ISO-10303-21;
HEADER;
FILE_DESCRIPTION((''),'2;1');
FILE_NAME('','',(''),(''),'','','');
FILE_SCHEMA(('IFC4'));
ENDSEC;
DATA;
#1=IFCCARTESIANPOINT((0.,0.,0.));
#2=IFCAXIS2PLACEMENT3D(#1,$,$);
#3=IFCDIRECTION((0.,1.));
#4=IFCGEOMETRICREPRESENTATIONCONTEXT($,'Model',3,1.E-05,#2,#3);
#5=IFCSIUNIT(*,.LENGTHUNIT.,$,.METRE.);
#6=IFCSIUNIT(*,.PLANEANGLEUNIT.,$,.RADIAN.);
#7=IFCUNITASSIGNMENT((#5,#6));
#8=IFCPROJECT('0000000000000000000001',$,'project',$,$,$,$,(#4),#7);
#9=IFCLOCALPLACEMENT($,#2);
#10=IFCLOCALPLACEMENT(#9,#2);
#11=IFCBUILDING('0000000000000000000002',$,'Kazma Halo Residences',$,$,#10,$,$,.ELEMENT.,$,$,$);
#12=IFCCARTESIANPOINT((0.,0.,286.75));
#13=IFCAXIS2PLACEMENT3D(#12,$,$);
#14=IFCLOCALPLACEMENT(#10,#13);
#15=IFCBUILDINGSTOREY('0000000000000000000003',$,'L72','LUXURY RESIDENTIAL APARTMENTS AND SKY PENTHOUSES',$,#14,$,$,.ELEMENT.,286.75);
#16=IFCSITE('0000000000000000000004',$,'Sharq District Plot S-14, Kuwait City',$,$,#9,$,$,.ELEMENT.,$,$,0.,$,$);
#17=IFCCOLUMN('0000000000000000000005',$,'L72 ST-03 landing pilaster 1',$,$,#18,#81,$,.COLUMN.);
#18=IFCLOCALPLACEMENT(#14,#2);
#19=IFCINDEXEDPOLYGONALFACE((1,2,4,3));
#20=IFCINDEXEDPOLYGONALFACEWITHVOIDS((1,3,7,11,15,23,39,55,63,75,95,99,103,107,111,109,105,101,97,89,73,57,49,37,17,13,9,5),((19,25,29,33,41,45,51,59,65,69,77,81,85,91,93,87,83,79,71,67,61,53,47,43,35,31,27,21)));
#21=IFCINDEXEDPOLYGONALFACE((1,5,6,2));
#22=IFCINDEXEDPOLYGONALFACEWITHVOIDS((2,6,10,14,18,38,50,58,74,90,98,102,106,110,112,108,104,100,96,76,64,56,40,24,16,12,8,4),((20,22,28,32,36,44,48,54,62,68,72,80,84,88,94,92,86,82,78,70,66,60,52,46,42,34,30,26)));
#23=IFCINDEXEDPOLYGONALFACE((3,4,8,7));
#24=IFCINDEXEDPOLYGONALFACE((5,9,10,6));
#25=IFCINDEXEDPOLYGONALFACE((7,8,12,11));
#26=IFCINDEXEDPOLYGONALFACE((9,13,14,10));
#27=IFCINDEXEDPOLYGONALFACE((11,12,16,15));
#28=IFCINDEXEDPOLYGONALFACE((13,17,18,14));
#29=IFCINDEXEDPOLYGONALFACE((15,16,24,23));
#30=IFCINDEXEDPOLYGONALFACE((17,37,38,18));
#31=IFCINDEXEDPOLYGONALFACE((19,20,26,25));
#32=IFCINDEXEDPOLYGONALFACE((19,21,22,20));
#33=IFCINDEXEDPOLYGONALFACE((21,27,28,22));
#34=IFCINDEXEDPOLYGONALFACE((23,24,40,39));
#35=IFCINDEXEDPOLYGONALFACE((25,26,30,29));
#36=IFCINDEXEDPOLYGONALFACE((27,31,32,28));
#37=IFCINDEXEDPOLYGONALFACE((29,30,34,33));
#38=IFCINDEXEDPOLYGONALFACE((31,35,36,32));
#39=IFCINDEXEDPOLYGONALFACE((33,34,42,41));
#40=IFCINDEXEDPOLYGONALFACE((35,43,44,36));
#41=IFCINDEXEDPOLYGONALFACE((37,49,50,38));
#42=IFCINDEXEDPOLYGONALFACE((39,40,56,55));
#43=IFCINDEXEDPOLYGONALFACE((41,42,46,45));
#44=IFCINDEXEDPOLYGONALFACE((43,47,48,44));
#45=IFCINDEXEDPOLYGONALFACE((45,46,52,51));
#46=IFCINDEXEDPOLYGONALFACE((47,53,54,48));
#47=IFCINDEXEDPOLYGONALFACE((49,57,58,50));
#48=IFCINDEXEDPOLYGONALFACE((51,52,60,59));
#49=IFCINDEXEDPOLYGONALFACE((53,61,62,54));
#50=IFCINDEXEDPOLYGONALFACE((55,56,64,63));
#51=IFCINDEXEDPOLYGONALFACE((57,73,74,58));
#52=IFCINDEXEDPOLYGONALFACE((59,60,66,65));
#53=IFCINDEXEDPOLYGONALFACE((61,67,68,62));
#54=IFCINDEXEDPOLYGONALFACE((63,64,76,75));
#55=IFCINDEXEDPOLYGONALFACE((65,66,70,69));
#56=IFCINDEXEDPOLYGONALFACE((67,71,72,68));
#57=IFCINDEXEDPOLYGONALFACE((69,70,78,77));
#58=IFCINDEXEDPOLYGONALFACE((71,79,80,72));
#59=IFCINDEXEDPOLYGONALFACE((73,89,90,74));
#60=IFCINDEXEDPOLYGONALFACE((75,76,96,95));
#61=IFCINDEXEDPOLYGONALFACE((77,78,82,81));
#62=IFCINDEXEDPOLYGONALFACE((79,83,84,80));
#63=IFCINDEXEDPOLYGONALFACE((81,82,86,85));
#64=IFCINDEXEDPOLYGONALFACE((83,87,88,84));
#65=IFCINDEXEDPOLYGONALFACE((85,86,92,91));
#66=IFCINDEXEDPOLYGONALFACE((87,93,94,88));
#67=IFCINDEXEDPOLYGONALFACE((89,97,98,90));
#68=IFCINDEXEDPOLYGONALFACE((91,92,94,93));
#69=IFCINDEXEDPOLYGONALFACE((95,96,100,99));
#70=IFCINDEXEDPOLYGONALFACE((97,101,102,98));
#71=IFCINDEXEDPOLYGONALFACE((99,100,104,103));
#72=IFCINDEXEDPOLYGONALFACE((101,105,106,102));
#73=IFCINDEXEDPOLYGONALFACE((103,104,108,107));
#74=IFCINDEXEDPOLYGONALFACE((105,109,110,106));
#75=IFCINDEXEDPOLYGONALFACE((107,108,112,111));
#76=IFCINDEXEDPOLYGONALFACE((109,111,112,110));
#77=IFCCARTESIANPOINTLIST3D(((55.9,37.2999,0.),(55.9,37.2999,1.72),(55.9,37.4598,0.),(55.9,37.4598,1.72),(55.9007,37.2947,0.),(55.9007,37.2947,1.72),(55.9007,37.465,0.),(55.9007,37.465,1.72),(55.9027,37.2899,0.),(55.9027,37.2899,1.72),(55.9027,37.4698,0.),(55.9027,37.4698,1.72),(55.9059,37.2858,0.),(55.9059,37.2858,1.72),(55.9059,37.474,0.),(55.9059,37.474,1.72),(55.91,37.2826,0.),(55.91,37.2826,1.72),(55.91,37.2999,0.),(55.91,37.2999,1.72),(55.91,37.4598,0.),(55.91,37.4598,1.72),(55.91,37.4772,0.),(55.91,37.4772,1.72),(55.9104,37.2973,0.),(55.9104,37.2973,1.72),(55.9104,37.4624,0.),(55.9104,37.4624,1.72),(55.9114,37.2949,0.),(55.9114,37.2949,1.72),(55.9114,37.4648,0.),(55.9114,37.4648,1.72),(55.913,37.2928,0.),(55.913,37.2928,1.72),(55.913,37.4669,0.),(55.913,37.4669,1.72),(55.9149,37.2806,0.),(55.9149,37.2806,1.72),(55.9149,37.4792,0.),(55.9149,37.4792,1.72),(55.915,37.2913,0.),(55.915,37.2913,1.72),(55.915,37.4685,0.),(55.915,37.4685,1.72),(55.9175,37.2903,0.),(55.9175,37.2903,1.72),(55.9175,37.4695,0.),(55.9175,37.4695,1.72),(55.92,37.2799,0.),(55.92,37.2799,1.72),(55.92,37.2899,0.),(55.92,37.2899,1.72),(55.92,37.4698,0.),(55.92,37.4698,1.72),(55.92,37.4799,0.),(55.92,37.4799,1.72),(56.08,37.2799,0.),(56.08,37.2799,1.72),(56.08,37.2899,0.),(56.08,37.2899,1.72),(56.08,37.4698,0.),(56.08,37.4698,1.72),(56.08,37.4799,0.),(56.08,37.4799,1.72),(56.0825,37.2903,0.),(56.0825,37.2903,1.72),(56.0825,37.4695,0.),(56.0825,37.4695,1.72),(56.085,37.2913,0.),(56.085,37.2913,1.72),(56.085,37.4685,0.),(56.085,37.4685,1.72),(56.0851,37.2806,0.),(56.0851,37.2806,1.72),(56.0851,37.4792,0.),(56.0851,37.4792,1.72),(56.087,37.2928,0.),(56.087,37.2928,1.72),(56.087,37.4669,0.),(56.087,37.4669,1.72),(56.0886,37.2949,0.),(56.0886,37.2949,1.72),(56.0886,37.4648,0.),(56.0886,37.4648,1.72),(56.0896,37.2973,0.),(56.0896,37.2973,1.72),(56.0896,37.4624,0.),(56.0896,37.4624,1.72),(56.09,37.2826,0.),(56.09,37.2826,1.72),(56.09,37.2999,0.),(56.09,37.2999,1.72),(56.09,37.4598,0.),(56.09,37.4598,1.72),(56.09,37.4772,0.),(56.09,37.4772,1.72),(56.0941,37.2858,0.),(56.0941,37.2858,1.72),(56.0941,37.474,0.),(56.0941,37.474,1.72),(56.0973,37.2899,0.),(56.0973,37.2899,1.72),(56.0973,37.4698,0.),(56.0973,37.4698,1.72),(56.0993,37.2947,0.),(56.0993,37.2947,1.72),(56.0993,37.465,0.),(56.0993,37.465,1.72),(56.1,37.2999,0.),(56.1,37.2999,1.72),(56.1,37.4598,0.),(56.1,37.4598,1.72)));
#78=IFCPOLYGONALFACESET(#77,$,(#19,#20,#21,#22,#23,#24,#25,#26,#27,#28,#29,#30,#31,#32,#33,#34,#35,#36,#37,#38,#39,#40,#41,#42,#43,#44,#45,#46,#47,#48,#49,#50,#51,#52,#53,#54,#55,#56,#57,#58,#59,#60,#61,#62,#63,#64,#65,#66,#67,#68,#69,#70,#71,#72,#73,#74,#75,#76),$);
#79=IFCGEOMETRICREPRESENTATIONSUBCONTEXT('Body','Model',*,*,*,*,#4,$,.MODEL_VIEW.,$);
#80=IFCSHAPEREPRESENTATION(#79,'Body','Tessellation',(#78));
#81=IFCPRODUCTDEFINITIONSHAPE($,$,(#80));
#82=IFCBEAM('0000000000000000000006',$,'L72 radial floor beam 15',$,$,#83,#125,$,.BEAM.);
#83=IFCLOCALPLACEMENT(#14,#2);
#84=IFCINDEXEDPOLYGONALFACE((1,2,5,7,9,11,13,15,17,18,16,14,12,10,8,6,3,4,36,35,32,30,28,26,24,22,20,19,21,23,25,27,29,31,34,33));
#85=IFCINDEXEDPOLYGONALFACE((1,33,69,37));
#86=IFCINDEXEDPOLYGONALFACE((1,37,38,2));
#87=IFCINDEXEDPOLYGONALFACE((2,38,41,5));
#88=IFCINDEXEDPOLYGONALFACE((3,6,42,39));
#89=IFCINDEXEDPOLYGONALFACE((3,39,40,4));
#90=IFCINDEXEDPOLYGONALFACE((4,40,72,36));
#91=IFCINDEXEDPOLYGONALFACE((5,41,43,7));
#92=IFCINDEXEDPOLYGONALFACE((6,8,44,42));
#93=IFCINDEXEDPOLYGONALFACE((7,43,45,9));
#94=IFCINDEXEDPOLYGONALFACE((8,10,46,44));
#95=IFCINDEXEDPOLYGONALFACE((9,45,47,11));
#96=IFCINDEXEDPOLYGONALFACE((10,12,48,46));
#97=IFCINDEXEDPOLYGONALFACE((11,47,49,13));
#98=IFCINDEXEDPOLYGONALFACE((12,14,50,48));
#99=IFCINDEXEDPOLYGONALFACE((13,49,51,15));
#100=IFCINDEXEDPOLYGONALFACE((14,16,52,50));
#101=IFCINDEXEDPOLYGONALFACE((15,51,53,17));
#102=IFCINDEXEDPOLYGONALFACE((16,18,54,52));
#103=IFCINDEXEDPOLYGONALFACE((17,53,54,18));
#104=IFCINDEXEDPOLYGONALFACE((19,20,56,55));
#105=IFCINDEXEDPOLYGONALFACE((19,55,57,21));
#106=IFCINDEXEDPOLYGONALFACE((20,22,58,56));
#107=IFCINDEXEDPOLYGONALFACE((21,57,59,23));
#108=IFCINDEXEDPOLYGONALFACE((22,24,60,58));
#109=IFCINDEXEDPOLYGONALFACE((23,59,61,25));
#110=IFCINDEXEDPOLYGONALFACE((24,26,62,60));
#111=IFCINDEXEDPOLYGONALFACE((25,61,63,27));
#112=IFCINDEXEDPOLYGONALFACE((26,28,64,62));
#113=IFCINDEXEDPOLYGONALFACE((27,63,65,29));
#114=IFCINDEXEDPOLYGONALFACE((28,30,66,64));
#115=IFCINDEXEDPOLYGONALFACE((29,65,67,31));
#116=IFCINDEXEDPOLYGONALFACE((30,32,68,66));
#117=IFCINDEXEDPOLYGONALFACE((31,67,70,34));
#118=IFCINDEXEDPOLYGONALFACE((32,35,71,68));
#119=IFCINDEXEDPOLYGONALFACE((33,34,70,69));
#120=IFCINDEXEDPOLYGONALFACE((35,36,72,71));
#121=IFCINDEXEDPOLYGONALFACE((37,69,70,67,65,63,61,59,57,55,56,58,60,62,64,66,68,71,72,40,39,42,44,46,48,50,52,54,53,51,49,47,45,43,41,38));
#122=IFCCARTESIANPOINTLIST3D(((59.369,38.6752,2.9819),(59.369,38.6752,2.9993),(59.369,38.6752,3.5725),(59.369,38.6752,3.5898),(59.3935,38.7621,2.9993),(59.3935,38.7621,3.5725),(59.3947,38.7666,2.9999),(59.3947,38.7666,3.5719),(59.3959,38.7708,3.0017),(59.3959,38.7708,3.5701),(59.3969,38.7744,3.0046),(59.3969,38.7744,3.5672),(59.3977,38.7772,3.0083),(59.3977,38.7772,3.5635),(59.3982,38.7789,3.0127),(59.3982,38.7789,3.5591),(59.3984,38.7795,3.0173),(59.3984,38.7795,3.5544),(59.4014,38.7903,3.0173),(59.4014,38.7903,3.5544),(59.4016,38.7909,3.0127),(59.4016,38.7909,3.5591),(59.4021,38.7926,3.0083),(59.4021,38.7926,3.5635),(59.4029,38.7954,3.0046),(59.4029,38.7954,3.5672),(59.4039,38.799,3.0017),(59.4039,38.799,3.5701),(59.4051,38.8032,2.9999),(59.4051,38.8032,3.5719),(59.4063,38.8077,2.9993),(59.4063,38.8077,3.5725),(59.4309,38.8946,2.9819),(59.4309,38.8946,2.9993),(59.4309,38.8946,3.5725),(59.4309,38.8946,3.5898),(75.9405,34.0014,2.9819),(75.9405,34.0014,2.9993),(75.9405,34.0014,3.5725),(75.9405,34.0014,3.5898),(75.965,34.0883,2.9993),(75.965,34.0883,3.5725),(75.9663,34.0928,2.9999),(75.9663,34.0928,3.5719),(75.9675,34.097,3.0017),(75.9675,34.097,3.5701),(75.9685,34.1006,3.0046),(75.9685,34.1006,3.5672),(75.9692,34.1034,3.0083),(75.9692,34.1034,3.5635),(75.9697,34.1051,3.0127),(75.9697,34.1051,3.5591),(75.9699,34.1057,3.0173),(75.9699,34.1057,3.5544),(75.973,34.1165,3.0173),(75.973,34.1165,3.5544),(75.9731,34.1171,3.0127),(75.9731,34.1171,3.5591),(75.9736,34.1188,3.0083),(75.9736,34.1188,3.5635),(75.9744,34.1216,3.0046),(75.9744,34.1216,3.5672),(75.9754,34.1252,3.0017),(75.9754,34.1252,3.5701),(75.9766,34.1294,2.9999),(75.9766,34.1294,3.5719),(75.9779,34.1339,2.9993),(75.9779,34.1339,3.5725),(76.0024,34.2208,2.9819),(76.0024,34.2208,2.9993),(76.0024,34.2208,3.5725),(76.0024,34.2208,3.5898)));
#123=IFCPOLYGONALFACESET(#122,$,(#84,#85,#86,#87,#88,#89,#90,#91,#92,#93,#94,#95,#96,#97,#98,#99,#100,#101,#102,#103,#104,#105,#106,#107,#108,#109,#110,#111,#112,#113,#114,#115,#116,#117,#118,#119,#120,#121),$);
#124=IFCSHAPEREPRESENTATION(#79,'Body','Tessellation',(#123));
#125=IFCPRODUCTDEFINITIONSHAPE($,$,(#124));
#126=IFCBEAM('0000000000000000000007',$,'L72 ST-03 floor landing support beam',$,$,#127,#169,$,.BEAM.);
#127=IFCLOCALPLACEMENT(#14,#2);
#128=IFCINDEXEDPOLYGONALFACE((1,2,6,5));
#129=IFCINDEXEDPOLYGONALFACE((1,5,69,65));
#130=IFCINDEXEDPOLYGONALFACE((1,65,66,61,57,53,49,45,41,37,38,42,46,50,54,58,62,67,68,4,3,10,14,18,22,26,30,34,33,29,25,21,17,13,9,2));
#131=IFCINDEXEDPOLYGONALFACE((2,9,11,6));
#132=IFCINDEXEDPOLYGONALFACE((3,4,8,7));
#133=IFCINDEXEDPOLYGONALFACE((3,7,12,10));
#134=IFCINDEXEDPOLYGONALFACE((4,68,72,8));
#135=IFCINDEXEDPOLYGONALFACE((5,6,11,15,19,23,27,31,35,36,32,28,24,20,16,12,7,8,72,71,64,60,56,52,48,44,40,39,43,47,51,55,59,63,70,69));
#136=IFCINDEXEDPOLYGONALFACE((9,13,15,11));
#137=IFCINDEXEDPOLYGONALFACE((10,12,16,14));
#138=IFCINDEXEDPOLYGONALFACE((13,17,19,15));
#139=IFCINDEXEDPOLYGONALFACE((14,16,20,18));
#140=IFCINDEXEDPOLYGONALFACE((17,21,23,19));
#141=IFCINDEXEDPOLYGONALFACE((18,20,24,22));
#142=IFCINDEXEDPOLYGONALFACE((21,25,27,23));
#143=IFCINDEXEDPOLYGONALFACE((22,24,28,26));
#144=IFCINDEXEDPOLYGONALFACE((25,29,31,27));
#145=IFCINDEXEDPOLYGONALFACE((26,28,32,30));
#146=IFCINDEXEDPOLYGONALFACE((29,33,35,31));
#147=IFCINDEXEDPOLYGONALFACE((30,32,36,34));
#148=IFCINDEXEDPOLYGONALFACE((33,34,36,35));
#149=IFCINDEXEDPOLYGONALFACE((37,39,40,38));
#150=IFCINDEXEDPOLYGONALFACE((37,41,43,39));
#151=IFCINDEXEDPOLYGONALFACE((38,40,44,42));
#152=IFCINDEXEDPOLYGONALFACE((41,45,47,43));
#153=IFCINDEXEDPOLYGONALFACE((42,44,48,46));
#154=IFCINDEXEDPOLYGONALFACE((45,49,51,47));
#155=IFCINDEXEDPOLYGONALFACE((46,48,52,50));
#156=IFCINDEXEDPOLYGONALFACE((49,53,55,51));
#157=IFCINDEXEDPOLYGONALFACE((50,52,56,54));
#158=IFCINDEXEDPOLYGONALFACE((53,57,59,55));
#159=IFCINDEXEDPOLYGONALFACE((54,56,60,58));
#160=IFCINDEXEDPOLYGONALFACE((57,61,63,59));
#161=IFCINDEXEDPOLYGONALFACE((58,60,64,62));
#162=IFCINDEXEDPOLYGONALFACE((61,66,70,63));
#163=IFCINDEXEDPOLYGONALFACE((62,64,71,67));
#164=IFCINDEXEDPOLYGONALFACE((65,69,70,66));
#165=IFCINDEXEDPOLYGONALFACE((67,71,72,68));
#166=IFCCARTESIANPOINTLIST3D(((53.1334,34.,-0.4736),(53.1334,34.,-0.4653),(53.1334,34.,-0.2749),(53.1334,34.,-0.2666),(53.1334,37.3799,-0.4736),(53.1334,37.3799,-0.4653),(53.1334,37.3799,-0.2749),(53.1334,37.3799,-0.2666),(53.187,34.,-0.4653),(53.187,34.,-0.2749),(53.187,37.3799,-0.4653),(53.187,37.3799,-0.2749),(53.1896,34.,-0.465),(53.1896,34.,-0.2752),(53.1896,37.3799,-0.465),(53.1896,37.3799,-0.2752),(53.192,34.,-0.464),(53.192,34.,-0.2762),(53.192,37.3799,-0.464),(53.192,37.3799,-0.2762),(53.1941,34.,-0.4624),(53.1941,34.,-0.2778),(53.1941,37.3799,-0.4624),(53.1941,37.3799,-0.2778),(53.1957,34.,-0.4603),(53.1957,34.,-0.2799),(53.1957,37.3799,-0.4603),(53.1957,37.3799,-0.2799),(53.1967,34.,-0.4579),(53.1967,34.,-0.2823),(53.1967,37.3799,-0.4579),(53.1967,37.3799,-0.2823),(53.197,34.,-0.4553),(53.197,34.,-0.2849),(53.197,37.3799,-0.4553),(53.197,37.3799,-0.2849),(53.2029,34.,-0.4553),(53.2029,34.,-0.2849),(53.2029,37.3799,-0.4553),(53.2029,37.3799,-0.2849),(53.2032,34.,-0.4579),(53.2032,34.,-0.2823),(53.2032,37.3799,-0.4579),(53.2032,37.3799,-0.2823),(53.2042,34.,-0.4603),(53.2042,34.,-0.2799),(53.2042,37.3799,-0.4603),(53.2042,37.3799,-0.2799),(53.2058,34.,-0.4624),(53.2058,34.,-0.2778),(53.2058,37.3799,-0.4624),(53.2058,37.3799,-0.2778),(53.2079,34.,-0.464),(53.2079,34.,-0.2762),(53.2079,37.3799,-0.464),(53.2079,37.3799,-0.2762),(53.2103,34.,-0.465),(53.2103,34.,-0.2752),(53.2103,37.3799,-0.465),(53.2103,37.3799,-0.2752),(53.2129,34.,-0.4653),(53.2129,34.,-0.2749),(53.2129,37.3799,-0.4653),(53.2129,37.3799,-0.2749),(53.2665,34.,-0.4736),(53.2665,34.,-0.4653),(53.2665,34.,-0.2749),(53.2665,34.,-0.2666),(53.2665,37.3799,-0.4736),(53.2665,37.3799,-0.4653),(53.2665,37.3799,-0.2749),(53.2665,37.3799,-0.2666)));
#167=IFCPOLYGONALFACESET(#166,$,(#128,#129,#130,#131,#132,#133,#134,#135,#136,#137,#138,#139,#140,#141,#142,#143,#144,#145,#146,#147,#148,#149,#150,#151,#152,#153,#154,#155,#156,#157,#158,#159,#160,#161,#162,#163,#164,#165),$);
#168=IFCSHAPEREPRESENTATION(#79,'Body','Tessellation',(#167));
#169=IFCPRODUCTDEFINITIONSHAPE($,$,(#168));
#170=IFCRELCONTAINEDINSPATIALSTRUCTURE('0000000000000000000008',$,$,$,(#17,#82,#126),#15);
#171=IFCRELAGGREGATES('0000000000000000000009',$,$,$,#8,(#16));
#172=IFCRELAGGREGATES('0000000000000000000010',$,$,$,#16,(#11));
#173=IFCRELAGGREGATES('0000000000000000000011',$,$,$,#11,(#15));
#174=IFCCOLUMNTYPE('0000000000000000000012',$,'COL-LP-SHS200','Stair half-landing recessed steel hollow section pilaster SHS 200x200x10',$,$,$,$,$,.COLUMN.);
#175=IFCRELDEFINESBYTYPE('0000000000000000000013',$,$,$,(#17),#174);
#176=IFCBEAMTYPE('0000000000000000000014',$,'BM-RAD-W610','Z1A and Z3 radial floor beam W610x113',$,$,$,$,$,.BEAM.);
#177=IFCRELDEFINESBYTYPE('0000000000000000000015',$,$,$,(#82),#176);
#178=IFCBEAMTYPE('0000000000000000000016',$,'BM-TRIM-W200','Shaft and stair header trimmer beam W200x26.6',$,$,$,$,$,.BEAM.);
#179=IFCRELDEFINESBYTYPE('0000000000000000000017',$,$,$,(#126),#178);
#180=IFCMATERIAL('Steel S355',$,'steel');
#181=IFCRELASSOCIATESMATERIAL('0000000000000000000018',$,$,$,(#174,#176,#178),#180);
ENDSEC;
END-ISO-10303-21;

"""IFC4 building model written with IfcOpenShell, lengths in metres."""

from ifc_helpers import new_model, si_unit, direction, frame, origin, origin_2d, place, context, subcontext, project, spatial, hollow_rectangle, i_section, extrude, material, material_profile, profile_set, type_object, element, save


model = new_model("IFC4")

# Units and contexts
model_context = context("Model", 3, precision=1e-05, world=origin(), true_north=direction((0.0, 1.0)))
body_context = subcontext(model_context, "Body", "Model", "MODEL_VIEW")
ifc_project = project(units=[si_unit("LENGTHUNIT", "METRE"), si_unit("PLANEANGLEUNIT", "RADIAN")], contexts=[model_context])

# Site, building, storey
site_placement = place(None, origin())
site = spatial("IfcSite", under=ifc_project, at=site_placement, Name="Sharq District Plot S-14, Kuwait City", CompositionType="ELEMENT", RefElevation=0.0)
building_placement = place(site_placement, origin())
building = spatial("IfcBuilding", under=site, at=building_placement, Name="Kazma Halo Residences", CompositionType="ELEMENT")
storey_placement = place(building_placement, frame((0.0, 0.0, 286.75)))
storey = spatial("IfcBuildingStorey", under=building, at=storey_placement, Name="L72", Description="LUXURY RESIDENTIAL APARTMENTS AND SKY PENTHOUSES", CompositionType="ELEMENT", Elevation=286.75)

# Column
ifc_material_1 = material(Name="Steel S355", Category="steel")
ifc_material_profile_1 = material_profile(ifc_material_1, hollow_rectangle(XDim=0.2, YDim=0.2, WallThickness=0.01, InnerFilletRadius=0.01, OuterFilletRadius=0.02, at=origin_2d()), Name="SHS200x200x10")
ifc_profile_set_1 = profile_set([ifc_material_profile_1], Name="Steel S355")
column_type = type_object("IfcColumnType", Name="COL-LP-SHS200", Description="Stair half-landing recessed steel hollow section pilaster SHS 200x200x10", PredefinedType="COLUMN", material=ifc_profile_set_1)
column_placement = place(storey_placement, frame((56.0, 37.3799, 0.0), z_axis=(0.0, 0.0, 1.0), x_axis=(1.0, 0.0, 0.0)))
element("IfcColumn", 1, at=column_placement, inside=storey, type_object=column_type, Name="L72 ST-03 landing pilaster 1", PredefinedType="COLUMN", context=body_context, shape_type="SweptSolid", body=[
    extrude(hollow_rectangle(XDim=0.2, YDim=0.2, WallThickness=0.01, InnerFilletRadius=0.01, OuterFilletRadius=0.02, at=origin_2d()), origin(), (0.0, 0.0, 1.0), 1.72),
])

# Beams
ifc_material_profile_2 = material_profile(ifc_material_1, i_section(OverallWidth=0.228, OverallDepth=0.6079, WebThickness=0.0112, FlangeThickness=0.0173, FilletRadius=0.0181, at=origin_2d()), Name="W610x113")
ifc_profile_set_2 = profile_set([ifc_material_profile_2], Name="Steel S355")
beam_type_1 = type_object("IfcBeamType", Name="BM-RAD-W610", Description="Z1A and Z3 radial floor beam W610x113", PredefinedType="BEAM", material=ifc_profile_set_2)
beam_1_placement = place(storey_placement, frame((59.3999, 38.7849, 3.2859), z_axis=(0.962453, -0.27145, 0.0), x_axis=(0.27145, 0.962453, 0.0)))
element("IfcBeam", 2, at=beam_1_placement, inside=storey, type_object=beam_type_1, Name="L72 radial floor beam 15", PredefinedType="BEAM", context=body_context, shape_type="SweptSolid", body=[
    extrude(i_section(OverallWidth=0.228, OverallDepth=0.6079, WebThickness=0.0112, FlangeThickness=0.0173, FilletRadius=0.0181, at=origin_2d()), origin(), (0.0, 0.0, 1.0), 17.218),
])
ifc_material_profile_3 = material_profile(ifc_material_1, i_section(OverallWidth=0.1331, OverallDepth=0.207, WebThickness=0.0059, FlangeThickness=0.0083, FilletRadius=0.01, at=origin_2d()), Name="W200x26.6")
ifc_profile_set_3 = profile_set([ifc_material_profile_3], Name="Steel S355")
beam_type_2 = type_object("IfcBeamType", Name="BM-TRIM-W200", Description="Shaft and stair header trimmer beam W200x26.6", PredefinedType="BEAM", material=ifc_profile_set_3)
beam_2_placement = place(storey_placement, frame((53.2, 34.0, -0.3701), z_axis=(0.0, 1.0, 0.0), x_axis=(-1.0, 0.0, 0.0)))
element("IfcBeam", 3, at=beam_2_placement, inside=storey, type_object=beam_type_2, Name="L72 ST-03 floor landing support beam", PredefinedType="BEAM", context=body_context, shape_type="SweptSolid", body=[
    extrude(i_section(OverallWidth=0.1331, OverallDepth=0.207, WebThickness=0.0059, FlangeThickness=0.0083, FilletRadius=0.01, at=origin_2d()), origin(), (0.0, 0.0, 1.0), 3.3799),
])

save(model, "model.ifc")
